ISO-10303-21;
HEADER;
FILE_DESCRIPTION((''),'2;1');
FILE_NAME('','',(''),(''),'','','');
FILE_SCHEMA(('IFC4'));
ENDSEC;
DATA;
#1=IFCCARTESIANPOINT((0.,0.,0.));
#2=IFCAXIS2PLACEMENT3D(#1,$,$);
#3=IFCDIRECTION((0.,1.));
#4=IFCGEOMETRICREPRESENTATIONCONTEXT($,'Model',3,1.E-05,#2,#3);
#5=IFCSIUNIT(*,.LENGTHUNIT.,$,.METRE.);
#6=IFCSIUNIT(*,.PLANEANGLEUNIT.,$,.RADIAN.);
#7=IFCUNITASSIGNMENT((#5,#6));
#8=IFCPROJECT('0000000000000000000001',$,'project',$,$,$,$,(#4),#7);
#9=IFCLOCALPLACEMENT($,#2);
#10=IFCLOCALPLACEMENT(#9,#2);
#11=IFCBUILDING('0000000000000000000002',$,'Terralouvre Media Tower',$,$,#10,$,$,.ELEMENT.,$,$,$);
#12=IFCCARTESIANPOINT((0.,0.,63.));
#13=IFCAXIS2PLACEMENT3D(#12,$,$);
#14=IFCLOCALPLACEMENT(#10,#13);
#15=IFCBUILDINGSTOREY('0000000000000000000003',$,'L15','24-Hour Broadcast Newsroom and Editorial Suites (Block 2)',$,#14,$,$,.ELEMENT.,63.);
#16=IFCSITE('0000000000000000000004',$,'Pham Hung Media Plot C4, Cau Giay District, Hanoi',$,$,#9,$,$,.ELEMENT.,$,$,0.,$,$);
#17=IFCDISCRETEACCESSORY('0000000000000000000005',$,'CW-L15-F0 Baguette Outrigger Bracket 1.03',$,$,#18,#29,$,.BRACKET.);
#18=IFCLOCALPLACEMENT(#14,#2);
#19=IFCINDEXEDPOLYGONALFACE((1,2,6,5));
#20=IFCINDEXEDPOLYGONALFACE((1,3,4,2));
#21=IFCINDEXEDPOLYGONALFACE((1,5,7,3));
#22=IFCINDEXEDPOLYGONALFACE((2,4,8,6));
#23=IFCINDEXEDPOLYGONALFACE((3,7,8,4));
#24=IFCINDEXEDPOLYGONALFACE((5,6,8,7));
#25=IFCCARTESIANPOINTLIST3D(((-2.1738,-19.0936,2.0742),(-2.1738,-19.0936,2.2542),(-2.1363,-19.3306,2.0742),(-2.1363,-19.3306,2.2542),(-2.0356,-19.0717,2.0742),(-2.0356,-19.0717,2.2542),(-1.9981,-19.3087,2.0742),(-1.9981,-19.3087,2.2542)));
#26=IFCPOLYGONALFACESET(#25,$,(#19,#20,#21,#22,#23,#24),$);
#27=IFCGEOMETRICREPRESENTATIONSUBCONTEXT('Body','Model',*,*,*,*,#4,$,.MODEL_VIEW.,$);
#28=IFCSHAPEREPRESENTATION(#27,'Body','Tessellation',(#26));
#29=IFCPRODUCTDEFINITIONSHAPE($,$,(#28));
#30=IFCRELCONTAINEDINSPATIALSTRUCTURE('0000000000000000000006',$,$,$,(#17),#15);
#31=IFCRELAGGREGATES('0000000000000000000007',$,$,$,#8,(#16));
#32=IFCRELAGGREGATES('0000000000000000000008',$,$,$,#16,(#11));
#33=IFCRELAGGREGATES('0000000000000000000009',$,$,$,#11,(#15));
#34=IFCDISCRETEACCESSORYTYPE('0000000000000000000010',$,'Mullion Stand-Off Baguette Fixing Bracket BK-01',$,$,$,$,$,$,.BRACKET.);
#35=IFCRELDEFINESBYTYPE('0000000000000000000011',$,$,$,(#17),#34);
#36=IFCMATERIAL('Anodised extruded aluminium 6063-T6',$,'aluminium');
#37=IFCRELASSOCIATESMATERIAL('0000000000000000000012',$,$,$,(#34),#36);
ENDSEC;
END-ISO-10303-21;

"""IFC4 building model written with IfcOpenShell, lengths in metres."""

from ifc_helpers import new_model, si_unit, direction, frame, origin, origin_2d, place, context, subcontext, project, spatial, rectangle, extrude, material, type_object, element, save


model = new_model("IFC4")

# Units and contexts
model_context = context("Model", 3, precision=1e-05, world=origin(), true_north=direction((0.0, 1.0)))
body_context = subcontext(model_context, "Body", "Model", "MODEL_VIEW")
ifc_project = project(units=[si_unit("LENGTHUNIT", "METRE"), si_unit("PLANEANGLEUNIT", "RADIAN")], contexts=[model_context])

# Site, building, storey
site_placement = place(None, origin())
site = spatial("IfcSite", under=ifc_project, at=site_placement, Name="Pham Hung Media Plot C4, Cau Giay District, Hanoi", CompositionType="ELEMENT", RefElevation=0.0)
building_placement = place(site_placement, origin())
building = spatial("IfcBuilding", under=site, at=building_placement, Name="Terralouvre Media Tower", CompositionType="ELEMENT")
storey_placement = place(building_placement, frame((0.0, 0.0, 63.0)))
storey = spatial("IfcBuildingStorey", under=building, at=storey_placement, Name="L15", Description="24-Hour Broadcast Newsroom and Editorial Suites (Block 2)", CompositionType="ELEMENT", Elevation=63.0)

# Discrete accessory
ifc_material_1 = material(Name="Anodised extruded aluminium 6063-T6", Category="aluminium")
discrete_accessory_type = type_object("IfcDiscreteAccessoryType", Name="Mullion Stand-Off Baguette Fixing Bracket BK-01", PredefinedType="BRACKET", material=ifc_material_1)
discrete_accessory_placement = place(storey_placement, frame((-2.0859, -19.2012, 2.0742), z_axis=(0.0, 0.0, 1.0), x_axis=(0.987688, 0.156434, 0.0)))
element("IfcDiscreteAccessory", 1, at=discrete_accessory_placement, inside=storey, type_object=discrete_accessory_type, Name="CW-L15-F0 Baguette Outrigger Bracket 1.03", PredefinedType="BRACKET", context=body_context, shape_type="SweptSolid", body=[
    extrude(rectangle(XDim=0.1399, YDim=0.24, at=origin_2d()), origin(), (0.0, 0.0, 1.0), 0.1799),
])

save(model, "model.ifc")
